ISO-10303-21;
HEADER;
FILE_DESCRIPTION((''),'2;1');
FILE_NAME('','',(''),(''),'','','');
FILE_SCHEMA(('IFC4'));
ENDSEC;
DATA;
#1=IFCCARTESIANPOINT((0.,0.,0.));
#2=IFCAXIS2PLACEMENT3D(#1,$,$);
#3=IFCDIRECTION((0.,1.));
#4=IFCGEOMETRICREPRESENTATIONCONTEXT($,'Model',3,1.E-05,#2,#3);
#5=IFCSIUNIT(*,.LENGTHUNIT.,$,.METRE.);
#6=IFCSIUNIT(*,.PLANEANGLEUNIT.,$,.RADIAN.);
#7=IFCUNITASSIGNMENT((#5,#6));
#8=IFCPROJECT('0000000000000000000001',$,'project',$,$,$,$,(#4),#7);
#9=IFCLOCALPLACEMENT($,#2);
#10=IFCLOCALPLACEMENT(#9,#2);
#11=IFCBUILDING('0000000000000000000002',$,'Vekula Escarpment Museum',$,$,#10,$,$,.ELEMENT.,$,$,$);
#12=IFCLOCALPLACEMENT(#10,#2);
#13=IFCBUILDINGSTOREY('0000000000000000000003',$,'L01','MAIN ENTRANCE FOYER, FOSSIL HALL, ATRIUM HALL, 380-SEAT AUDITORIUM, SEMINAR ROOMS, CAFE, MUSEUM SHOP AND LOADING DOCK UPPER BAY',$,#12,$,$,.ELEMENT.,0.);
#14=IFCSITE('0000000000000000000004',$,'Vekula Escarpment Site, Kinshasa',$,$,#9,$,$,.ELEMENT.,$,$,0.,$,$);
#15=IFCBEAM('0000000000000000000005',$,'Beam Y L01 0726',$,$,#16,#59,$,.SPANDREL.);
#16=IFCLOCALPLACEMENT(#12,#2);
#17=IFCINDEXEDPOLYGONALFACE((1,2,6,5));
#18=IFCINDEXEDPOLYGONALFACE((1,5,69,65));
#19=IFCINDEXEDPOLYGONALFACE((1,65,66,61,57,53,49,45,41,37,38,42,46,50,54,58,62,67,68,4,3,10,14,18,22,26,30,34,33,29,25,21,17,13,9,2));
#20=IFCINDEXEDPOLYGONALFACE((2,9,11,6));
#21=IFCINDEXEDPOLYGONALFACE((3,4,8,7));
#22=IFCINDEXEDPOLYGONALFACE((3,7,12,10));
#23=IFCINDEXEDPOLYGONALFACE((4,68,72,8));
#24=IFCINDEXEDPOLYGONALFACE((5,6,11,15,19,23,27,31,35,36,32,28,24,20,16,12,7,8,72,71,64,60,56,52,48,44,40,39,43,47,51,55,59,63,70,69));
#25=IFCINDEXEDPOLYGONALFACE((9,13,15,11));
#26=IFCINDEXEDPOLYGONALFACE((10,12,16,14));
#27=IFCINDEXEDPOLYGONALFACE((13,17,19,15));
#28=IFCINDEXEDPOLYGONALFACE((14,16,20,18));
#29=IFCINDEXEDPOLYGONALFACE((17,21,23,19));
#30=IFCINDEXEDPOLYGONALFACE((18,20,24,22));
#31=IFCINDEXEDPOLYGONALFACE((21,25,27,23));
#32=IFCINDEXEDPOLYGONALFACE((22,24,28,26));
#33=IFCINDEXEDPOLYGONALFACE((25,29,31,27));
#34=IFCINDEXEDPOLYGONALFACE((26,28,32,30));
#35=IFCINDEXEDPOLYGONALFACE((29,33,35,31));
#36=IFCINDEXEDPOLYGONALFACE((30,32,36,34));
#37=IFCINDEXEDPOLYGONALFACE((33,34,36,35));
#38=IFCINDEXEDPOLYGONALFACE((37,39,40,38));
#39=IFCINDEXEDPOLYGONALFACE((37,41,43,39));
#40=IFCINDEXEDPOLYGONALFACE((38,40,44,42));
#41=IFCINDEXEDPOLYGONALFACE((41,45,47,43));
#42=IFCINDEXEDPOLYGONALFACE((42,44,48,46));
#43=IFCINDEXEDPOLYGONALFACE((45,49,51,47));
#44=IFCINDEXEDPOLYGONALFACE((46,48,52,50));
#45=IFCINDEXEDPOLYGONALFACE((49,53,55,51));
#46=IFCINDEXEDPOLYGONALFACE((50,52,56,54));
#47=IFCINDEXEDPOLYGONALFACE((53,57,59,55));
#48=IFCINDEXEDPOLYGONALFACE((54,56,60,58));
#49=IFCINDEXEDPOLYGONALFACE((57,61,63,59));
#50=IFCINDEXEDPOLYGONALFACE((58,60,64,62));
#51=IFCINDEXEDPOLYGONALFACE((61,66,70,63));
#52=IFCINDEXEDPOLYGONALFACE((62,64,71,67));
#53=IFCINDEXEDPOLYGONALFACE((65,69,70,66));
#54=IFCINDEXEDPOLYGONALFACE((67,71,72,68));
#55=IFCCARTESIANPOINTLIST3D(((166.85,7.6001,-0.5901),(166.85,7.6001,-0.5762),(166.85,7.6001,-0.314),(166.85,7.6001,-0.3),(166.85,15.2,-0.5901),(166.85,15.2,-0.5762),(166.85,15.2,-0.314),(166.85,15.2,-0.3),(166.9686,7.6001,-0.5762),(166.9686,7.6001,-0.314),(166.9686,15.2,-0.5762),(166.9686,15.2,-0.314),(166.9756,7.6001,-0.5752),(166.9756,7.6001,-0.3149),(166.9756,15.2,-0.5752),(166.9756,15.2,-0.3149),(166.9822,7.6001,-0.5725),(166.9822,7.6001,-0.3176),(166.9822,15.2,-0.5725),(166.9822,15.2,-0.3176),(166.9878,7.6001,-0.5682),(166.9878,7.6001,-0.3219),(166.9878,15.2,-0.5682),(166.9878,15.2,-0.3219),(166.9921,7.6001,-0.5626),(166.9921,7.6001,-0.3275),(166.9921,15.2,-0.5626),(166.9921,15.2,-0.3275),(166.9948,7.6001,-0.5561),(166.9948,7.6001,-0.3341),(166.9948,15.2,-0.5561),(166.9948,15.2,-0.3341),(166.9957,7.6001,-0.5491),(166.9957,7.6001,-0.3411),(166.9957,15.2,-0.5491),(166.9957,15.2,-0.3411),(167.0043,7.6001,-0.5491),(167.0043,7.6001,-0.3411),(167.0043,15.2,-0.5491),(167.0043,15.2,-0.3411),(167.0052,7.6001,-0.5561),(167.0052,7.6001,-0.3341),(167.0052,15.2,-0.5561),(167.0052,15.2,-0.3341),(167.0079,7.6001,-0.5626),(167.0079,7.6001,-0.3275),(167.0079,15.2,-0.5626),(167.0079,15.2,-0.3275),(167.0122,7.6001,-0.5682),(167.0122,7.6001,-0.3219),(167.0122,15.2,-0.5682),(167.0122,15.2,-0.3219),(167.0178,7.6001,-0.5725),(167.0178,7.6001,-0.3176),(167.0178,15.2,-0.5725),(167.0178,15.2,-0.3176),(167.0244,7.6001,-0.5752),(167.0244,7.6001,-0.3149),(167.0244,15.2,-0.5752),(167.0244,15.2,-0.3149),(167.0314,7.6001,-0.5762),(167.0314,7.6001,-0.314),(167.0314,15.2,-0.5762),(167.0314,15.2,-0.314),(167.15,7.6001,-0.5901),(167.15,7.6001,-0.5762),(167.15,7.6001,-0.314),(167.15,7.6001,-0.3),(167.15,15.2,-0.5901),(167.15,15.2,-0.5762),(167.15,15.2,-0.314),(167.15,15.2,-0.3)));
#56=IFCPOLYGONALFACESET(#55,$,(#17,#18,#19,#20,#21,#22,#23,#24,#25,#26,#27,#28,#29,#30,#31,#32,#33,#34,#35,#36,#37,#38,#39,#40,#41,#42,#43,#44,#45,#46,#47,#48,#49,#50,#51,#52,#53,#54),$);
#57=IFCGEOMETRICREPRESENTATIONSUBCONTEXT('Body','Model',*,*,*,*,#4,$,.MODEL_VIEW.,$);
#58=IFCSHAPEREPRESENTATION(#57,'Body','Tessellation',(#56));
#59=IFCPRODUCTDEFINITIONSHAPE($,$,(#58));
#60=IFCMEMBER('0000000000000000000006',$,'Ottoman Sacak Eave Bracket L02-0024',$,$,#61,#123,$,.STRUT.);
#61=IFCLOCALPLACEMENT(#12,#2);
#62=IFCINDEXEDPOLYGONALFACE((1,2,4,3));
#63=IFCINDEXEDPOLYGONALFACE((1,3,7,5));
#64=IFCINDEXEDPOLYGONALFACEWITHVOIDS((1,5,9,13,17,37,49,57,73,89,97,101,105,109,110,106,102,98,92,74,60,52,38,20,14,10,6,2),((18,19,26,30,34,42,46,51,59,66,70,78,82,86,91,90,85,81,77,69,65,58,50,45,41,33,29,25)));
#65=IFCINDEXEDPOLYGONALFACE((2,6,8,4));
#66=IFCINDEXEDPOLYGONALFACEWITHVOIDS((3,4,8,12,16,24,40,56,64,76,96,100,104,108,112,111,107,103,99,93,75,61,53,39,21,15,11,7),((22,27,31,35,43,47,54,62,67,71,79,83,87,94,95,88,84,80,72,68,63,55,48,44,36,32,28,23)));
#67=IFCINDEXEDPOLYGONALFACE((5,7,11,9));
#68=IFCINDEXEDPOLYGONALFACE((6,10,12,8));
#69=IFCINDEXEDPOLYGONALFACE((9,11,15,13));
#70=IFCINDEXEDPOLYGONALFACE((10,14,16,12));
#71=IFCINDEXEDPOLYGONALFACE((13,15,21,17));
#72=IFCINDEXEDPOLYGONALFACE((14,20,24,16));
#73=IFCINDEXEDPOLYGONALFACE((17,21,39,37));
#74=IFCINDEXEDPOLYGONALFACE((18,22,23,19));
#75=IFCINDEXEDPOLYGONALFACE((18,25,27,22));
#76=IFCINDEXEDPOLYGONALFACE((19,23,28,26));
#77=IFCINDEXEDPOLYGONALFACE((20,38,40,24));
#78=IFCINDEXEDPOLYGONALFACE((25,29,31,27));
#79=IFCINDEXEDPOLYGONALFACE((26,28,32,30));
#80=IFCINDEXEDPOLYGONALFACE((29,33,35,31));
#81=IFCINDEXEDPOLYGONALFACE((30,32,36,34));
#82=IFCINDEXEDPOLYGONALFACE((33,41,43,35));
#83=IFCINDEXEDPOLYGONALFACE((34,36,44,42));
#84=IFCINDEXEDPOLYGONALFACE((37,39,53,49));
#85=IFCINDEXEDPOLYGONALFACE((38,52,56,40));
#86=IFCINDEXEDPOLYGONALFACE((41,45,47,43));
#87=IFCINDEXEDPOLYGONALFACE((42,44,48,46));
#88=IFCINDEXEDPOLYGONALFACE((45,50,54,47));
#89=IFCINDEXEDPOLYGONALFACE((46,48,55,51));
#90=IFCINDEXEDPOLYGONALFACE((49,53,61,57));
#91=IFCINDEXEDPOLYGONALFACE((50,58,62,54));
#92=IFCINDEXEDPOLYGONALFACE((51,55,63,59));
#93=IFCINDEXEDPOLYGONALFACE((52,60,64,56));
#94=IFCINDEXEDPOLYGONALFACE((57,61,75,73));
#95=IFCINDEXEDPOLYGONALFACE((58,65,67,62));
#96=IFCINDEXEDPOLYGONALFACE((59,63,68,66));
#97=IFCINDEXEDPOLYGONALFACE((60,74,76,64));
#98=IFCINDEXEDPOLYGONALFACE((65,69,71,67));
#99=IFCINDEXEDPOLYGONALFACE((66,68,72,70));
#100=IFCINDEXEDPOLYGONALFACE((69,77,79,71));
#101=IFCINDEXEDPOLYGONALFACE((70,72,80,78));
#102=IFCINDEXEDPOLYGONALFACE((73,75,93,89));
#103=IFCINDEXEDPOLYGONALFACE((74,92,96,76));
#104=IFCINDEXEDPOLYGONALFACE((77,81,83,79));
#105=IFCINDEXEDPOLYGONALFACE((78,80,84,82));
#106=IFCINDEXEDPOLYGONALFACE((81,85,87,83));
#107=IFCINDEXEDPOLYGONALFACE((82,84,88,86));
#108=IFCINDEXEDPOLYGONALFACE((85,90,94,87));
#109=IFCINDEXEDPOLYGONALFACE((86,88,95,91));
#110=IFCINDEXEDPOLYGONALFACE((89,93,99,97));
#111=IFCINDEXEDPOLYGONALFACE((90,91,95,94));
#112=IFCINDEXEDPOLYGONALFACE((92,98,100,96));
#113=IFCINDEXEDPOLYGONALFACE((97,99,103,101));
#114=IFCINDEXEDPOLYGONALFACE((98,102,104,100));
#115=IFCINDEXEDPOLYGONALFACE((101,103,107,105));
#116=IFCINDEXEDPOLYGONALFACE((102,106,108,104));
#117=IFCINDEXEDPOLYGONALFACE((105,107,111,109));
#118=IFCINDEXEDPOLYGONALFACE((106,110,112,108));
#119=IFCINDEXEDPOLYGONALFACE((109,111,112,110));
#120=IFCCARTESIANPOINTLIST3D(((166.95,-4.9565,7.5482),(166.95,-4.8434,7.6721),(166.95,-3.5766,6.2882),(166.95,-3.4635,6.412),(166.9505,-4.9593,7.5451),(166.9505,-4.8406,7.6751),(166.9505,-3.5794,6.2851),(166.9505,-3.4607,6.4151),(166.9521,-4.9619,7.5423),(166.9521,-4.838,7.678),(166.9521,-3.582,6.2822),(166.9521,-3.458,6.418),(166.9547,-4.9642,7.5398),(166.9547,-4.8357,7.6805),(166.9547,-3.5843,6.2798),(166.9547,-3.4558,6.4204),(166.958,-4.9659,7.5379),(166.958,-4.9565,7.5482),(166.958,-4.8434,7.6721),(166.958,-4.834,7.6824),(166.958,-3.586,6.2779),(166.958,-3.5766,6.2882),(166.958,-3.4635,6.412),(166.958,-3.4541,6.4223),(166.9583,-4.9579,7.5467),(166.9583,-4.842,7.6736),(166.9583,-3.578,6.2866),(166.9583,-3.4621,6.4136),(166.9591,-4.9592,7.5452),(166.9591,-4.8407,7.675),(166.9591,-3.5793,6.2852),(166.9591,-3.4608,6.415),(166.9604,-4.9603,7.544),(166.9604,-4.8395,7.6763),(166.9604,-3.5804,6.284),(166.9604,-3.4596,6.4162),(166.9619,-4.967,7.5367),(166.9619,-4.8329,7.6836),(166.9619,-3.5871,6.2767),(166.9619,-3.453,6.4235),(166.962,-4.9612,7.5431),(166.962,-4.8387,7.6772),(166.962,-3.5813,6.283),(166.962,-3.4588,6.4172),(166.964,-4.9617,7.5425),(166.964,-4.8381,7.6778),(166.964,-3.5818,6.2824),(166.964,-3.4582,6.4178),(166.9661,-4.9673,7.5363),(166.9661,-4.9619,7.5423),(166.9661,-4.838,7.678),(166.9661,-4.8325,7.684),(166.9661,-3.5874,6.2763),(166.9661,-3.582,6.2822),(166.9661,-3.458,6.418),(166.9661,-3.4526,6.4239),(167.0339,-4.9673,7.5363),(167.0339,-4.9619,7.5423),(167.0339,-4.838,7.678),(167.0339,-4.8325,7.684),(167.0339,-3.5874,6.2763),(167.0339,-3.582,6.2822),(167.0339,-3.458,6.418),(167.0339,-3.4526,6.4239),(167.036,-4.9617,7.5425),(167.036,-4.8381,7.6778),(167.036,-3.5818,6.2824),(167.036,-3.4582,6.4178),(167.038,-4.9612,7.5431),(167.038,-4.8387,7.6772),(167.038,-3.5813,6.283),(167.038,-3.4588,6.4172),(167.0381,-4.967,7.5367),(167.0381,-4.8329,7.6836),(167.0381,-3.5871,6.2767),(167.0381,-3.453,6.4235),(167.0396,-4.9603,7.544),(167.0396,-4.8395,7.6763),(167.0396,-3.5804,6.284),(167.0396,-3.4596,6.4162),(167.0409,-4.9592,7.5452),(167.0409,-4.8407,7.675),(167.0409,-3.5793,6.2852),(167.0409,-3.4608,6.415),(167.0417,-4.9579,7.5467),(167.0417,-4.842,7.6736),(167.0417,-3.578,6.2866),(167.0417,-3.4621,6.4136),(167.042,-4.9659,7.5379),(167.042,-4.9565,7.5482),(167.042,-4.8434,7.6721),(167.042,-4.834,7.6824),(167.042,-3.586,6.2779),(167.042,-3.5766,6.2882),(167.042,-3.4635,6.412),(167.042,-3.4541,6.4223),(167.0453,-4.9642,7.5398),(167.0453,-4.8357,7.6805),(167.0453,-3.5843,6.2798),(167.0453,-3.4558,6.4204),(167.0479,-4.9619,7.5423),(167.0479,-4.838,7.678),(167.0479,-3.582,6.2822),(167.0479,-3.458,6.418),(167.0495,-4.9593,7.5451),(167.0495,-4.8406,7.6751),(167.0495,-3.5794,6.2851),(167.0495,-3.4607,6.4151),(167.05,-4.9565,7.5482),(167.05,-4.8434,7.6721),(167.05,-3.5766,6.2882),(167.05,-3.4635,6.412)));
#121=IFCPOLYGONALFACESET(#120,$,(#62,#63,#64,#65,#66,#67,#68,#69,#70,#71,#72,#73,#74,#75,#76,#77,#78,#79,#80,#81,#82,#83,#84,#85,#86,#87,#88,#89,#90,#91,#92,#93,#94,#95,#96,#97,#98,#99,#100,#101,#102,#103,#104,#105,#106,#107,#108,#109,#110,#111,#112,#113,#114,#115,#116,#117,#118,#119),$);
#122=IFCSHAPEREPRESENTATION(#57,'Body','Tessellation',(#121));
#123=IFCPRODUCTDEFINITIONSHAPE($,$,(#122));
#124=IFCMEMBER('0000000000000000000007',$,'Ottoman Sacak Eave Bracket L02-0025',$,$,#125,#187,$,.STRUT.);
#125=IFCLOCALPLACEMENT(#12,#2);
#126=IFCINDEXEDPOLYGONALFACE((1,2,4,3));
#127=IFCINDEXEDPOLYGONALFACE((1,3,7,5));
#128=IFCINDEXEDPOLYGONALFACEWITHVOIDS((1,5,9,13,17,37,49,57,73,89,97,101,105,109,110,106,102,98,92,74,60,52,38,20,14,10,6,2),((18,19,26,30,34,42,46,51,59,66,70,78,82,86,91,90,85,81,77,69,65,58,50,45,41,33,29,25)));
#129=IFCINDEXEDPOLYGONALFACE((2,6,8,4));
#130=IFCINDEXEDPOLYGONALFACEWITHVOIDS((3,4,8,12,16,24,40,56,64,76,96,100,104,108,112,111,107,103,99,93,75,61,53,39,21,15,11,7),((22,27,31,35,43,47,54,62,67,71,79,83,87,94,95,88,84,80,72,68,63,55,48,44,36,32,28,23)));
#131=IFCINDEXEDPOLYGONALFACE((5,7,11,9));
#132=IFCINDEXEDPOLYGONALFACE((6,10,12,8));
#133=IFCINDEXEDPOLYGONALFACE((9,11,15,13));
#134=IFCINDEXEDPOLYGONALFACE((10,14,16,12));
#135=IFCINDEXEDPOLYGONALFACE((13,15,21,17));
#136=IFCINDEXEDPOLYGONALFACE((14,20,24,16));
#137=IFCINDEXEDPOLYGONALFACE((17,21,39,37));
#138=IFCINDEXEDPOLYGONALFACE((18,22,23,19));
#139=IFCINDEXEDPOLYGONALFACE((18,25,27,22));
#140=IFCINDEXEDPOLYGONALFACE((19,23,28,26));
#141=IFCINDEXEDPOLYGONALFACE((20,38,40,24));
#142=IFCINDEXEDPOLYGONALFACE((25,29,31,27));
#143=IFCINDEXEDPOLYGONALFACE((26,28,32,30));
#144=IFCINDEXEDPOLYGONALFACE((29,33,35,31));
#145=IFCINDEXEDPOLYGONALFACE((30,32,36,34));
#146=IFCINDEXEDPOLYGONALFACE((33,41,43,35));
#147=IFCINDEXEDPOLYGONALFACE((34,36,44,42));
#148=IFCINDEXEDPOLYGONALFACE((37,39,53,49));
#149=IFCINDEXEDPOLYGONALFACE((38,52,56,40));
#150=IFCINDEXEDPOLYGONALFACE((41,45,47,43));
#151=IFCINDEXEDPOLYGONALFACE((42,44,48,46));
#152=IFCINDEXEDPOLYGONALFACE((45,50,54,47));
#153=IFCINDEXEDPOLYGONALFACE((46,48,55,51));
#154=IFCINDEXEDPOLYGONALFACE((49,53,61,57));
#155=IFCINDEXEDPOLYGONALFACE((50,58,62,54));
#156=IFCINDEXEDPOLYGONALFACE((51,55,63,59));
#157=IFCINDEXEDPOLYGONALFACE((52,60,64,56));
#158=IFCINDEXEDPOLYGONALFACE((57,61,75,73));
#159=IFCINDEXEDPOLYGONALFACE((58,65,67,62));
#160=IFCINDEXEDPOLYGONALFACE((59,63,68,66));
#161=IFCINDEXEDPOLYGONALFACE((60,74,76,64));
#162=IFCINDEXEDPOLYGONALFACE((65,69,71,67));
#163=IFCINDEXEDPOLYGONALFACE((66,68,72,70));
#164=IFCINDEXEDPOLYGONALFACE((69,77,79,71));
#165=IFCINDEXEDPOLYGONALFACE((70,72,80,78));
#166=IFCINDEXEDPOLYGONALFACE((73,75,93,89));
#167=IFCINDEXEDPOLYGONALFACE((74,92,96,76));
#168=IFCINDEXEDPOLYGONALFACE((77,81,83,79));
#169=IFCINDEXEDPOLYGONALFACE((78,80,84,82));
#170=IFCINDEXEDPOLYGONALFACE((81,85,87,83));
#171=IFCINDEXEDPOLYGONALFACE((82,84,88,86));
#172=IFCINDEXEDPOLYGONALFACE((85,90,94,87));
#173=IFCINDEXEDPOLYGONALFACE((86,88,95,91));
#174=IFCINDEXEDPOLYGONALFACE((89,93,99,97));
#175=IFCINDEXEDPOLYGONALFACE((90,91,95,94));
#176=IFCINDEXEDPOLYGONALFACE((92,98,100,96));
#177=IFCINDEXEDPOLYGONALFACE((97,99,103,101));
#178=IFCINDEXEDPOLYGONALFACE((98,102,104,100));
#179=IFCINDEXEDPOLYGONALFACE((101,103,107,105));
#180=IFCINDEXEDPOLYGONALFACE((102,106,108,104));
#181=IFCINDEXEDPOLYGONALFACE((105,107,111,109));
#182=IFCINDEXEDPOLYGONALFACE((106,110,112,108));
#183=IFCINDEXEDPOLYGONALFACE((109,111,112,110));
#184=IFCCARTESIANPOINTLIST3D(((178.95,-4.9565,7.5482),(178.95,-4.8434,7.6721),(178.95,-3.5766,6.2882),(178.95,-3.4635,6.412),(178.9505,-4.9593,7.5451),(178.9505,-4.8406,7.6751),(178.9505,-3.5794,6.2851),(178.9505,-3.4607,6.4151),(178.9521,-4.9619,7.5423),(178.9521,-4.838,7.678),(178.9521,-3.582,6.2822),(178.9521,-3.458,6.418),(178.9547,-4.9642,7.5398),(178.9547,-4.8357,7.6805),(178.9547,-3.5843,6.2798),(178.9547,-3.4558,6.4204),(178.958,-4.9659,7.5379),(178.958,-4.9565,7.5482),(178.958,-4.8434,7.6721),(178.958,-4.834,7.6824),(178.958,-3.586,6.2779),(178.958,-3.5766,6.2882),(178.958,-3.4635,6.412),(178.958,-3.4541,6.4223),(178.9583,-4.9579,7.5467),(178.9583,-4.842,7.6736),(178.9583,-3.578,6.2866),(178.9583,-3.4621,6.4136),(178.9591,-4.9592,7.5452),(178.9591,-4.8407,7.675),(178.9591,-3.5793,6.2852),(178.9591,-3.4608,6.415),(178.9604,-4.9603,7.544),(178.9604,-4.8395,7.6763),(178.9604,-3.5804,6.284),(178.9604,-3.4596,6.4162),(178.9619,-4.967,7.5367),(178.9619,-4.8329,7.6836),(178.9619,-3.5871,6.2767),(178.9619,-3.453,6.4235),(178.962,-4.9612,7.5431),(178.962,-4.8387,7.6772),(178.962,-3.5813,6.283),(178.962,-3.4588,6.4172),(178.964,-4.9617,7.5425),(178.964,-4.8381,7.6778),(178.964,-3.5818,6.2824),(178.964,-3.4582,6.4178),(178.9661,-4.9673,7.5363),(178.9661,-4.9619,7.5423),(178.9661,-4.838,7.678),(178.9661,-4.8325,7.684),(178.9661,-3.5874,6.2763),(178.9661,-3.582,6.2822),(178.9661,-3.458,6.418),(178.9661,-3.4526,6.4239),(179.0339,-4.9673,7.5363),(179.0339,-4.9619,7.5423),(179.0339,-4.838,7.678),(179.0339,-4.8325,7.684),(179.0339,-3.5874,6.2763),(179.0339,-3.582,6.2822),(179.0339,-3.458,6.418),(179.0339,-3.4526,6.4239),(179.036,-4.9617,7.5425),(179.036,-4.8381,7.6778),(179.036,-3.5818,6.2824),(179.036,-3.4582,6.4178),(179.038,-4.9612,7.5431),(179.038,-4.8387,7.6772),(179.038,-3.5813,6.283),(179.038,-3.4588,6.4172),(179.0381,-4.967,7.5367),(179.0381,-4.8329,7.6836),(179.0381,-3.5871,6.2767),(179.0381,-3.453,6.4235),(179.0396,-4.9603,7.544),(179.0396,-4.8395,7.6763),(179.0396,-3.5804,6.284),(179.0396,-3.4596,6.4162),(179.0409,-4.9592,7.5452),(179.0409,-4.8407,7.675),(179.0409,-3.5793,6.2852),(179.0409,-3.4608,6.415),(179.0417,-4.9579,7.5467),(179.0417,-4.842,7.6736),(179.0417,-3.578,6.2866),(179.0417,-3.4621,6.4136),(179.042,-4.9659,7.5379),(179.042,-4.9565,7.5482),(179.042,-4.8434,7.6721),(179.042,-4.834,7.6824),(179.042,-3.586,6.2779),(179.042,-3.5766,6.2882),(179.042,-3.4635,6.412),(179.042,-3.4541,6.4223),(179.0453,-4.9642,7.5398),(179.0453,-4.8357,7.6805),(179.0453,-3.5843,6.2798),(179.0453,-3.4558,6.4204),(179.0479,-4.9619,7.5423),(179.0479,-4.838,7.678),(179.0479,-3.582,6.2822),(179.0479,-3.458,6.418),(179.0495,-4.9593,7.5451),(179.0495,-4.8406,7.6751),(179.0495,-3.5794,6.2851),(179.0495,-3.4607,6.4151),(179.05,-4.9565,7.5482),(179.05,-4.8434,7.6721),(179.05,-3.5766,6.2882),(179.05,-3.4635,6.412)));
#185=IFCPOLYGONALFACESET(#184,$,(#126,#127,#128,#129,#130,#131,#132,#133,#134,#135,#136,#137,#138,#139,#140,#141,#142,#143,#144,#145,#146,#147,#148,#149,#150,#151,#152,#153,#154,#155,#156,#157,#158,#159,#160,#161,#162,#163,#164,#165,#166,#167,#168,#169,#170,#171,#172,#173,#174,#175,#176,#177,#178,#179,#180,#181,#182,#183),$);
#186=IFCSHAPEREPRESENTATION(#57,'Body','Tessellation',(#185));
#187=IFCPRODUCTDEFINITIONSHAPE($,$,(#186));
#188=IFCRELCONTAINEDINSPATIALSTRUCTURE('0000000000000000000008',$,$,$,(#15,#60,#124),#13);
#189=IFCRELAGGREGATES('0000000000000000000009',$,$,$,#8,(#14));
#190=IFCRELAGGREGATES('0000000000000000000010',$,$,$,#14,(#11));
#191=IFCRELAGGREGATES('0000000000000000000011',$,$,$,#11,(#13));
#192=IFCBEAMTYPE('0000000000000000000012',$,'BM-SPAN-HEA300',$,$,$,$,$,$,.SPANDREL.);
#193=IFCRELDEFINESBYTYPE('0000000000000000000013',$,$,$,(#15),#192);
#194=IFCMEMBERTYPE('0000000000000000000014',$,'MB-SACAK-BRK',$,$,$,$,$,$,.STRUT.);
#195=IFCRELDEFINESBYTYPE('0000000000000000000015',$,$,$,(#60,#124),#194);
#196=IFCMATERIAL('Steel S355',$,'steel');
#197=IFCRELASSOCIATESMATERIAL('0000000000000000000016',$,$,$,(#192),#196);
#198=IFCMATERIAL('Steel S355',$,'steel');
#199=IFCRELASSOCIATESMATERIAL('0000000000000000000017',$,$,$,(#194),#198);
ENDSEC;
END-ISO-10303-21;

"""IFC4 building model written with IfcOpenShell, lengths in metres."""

from ifc_helpers import new_model, si_unit, direction, frame, origin, origin_2d, place, context, subcontext, project, spatial, hollow_rectangle, i_section, extrude, material, material_profile, profile_set, type_object, element, save


model = new_model("IFC4")

# Units and contexts
model_context = context("Model", 3, precision=1e-05, world=origin(), true_north=direction((0.0, 1.0)))
body_context = subcontext(model_context, "Body", "Model", "MODEL_VIEW")
ifc_project = project(units=[si_unit("LENGTHUNIT", "METRE"), si_unit("PLANEANGLEUNIT", "RADIAN")], contexts=[model_context])

# Site, building, storey
site_placement = place(None, origin())
site = spatial("IfcSite", under=ifc_project, at=site_placement, Name="Vekula Escarpment Site, Kinshasa", CompositionType="ELEMENT", RefElevation=0.0)
building_placement = place(site_placement, origin())
building = spatial("IfcBuilding", under=site, at=building_placement, Name="Vekula Escarpment Museum", CompositionType="ELEMENT")
storey_placement = place(building_placement, origin())
storey = spatial("IfcBuildingStorey", under=building, at=storey_placement, Name="L01", Description="MAIN ENTRANCE FOYER, FOSSIL HALL, ATRIUM HALL, 380-SEAT AUDITORIUM, SEMINAR ROOMS, CAFE, MUSEUM SHOP AND LOADING DOCK UPPER BAY", CompositionType="ELEMENT", Elevation=0.0)

# Beam
ifc_material_1 = material(Name="Steel S355", Category="steel")
ifc_material_profile_1 = material_profile(ifc_material_1, i_section(OverallWidth=0.3, OverallDepth=0.29, WebThickness=0.0085, FlangeThickness=0.0139, FilletRadius=0.0271, at=origin_2d()), Name="HEA 300")
ifc_profile_set_1 = profile_set([ifc_material_profile_1], Name="Steel S355")
beam_type_1 = type_object("IfcBeamType", Name="BM-SPAN-HEA300", PredefinedType="SPANDREL", material=ifc_profile_set_1)
beam_1_placement = place(storey_placement, frame((167.0, 7.6001, -0.4451), z_axis=(0.0, 1.0, 0.0), x_axis=(-1.0, 0.0, 0.0)))
element("IfcBeam", 1, at=beam_1_placement, inside=storey, type_object=beam_type_1, Name="Beam Y L01 0726", PredefinedType="SPANDREL", context=body_context, shape_type="SweptSolid", body=[
    extrude(i_section(OverallWidth=0.3, OverallDepth=0.29, WebThickness=0.0085, FlangeThickness=0.0139, FilletRadius=0.0271, at=origin_2d()), origin(), (0.0, 0.0, 1.0), 7.5999),
])

# Members
ifc_material_2 = material(Name="Steel S355", Category="steel")
ifc_material_profile_2 = material_profile(ifc_material_2, hollow_rectangle(XDim=0.1001, YDim=0.2, WallThickness=0.0081, InnerFilletRadius=0.0081, OuterFilletRadius=0.0161, at=origin_2d()), Name="RHS 200x100x8")
ifc_profile_set_2 = profile_set([ifc_material_profile_2], Name="Steel S355")
member_type = type_object("IfcMemberType", Name="MB-SACAK-BRK", PredefinedType="STRUT", material=ifc_profile_set_2)
for number, where, z_axis, x_axis, name in (
    (2, (167.0, -3.52, 6.3501), (0.0, -0.738454, 0.674303), (1.0, 0.0, 0.0), "Ottoman Sacak Eave Bracket L02-0024"),
    (3, (179.0, -3.52, 6.3501), (0.0, -0.738454, 0.674303), (1.0, 0.0, 0.0), "Ottoman Sacak Eave Bracket L02-0025"),
):
    element("IfcMember", number, at=place(storey_placement, frame(where, z_axis=z_axis, x_axis=x_axis)), inside=storey, type_object=member_type, Name=name, PredefinedType="STRUT", context=body_context, shape_type="SweptSolid", body=[
        extrude(hollow_rectangle(XDim=0.1001, YDim=0.2, WallThickness=0.0081, InnerFilletRadius=0.0081, OuterFilletRadius=0.0161, at=origin_2d()), origin(), (0.0, 0.0, 1.0), 1.8687),
    ])

save(model, "model.ifc")
